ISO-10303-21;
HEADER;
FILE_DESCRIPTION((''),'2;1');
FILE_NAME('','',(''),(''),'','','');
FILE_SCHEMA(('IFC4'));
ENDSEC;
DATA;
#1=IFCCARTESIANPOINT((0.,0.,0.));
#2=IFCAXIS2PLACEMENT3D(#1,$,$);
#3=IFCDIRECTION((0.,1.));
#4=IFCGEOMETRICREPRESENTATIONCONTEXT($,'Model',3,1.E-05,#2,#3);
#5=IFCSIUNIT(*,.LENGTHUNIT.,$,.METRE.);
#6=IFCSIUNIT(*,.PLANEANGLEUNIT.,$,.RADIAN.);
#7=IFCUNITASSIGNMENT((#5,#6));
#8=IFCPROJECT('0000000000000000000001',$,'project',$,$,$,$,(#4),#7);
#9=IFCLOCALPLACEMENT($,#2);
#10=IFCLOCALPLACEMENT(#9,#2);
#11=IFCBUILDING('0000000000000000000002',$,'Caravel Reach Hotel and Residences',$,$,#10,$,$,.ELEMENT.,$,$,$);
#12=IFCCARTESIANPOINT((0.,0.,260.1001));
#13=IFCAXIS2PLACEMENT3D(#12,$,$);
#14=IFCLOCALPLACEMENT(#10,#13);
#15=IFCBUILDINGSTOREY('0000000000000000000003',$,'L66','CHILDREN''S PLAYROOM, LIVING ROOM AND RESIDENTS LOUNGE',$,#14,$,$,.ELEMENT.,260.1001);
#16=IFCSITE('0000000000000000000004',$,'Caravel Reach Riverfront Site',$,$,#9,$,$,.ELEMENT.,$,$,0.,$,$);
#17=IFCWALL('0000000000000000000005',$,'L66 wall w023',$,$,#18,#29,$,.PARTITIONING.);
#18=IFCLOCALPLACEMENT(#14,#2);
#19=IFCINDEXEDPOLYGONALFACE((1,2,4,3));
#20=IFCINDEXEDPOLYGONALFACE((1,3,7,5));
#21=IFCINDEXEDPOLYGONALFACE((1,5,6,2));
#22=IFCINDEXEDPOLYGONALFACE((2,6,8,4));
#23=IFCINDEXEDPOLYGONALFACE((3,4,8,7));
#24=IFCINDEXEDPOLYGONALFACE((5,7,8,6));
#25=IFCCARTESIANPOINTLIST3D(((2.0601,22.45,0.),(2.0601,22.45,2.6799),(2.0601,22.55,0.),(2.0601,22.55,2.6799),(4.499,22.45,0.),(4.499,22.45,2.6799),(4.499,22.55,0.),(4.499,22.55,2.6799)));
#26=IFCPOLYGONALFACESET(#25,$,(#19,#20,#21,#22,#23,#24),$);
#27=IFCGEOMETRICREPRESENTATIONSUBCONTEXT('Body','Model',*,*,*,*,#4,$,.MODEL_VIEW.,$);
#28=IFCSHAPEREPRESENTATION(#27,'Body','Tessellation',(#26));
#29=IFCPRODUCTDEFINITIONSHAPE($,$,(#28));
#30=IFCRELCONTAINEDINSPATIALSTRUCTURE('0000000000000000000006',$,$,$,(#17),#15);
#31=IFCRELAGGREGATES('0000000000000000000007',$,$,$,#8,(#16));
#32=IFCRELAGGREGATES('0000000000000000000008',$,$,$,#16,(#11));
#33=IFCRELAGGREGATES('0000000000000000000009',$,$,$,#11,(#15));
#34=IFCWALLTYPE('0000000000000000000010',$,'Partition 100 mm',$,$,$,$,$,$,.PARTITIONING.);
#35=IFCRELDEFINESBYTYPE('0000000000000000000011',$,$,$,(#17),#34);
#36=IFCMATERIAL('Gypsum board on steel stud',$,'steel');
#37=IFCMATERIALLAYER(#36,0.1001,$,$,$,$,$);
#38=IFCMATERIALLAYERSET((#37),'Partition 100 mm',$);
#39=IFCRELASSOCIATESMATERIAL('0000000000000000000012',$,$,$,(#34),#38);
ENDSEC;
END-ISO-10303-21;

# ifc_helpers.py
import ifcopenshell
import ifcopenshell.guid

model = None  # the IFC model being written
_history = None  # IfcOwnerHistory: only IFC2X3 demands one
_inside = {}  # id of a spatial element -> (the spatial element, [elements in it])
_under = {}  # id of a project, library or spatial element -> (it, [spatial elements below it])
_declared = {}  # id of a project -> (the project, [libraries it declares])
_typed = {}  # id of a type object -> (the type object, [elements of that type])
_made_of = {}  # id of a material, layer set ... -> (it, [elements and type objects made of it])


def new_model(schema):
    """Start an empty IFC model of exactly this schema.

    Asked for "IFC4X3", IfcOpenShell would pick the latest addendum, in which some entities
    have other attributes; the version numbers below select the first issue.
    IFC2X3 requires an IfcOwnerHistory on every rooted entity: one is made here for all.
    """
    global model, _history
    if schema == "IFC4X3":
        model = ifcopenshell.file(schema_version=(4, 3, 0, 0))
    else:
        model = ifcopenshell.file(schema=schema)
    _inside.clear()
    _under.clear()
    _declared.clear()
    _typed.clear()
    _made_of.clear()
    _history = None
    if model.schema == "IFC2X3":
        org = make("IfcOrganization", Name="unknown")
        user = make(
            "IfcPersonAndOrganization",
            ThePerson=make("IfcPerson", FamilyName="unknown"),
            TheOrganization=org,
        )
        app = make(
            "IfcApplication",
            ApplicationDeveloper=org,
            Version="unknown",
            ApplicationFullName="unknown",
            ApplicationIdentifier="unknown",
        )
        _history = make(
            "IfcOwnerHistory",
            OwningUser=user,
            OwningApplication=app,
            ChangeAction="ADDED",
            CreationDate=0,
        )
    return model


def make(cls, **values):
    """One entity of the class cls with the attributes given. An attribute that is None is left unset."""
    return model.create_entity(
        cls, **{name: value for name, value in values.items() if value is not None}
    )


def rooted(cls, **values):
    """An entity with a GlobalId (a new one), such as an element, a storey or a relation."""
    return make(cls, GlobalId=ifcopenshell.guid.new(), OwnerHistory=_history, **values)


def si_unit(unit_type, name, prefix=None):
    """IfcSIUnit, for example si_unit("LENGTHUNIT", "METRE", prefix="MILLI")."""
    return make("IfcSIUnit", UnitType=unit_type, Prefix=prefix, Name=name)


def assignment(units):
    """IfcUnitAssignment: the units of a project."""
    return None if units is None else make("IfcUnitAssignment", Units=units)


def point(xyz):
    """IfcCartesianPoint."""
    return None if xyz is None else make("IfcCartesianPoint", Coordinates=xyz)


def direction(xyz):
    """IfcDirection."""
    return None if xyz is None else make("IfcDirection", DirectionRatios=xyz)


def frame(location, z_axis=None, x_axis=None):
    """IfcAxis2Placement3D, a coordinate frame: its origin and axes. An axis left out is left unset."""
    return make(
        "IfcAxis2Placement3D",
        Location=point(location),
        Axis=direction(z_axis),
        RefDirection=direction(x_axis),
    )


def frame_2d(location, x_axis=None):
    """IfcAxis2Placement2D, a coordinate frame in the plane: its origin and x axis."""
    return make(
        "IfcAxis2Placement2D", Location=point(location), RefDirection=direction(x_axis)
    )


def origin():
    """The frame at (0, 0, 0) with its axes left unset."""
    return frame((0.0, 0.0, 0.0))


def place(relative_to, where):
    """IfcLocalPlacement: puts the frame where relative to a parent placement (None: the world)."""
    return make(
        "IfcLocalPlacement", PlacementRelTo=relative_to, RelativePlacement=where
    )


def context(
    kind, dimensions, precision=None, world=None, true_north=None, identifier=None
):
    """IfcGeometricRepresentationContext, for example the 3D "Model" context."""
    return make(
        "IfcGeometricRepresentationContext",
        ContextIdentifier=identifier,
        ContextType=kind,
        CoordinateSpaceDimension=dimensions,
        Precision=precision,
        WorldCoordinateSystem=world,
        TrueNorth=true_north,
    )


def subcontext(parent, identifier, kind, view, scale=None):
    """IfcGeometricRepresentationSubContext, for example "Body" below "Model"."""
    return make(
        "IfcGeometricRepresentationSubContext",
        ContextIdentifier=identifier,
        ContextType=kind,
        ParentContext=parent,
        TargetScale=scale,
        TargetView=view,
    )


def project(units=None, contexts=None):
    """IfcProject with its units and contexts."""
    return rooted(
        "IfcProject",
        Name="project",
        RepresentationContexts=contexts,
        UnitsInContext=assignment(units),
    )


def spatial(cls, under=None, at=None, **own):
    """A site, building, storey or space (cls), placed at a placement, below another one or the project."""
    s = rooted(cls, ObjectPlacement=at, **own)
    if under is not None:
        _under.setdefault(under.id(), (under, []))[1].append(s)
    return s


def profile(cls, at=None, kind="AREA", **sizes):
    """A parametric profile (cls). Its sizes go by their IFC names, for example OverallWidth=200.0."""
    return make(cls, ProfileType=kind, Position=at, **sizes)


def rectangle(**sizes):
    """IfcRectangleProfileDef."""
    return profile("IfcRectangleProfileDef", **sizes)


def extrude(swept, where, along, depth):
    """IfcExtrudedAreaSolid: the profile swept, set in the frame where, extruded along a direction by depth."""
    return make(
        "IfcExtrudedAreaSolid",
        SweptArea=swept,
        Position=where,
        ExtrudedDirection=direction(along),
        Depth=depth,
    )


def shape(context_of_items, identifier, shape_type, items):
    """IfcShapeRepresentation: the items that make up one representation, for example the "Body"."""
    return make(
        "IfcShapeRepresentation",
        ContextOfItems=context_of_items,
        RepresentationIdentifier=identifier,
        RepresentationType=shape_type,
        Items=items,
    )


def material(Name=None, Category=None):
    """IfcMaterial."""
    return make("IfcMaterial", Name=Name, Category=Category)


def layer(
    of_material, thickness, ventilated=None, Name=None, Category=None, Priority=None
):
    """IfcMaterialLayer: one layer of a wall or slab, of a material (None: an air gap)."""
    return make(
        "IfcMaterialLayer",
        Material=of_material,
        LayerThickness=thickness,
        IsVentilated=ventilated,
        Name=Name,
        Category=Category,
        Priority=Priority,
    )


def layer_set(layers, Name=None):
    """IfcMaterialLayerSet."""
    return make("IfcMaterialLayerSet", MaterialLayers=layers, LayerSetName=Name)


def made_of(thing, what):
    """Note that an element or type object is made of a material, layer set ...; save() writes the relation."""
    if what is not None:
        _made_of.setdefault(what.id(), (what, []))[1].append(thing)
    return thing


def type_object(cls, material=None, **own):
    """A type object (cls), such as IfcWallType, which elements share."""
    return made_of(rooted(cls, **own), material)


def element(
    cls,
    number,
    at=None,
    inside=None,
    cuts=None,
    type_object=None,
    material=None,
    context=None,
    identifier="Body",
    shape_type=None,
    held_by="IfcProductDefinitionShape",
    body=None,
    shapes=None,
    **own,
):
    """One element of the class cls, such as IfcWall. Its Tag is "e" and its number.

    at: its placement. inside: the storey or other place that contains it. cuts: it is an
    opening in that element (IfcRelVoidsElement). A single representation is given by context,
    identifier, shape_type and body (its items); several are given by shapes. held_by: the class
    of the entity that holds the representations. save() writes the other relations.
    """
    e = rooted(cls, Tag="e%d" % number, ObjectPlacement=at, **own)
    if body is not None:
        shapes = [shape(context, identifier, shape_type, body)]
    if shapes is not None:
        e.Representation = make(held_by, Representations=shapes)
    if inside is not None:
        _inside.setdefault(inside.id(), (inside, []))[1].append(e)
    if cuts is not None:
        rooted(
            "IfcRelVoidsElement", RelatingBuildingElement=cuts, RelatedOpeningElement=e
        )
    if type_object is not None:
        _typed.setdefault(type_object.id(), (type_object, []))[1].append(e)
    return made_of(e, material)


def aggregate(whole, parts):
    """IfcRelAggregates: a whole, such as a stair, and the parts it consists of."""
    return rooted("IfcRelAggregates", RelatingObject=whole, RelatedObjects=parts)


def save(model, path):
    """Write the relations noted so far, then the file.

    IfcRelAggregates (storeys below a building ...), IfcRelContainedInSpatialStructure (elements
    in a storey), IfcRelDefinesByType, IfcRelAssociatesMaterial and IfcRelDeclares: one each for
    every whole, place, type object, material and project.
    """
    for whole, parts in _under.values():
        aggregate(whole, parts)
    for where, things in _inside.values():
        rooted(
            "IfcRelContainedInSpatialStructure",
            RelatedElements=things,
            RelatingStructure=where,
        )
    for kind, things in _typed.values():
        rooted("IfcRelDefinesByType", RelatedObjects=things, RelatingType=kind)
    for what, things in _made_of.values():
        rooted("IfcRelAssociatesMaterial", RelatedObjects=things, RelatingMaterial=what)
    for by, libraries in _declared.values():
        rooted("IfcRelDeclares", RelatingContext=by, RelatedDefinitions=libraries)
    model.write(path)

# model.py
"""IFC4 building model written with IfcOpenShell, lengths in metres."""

from ifc_helpers import new_model, si_unit, direction, frame, frame_2d, origin, place, context, subcontext, project, spatial, rectangle, extrude, material, layer, layer_set, type_object, element, save


model = new_model("IFC4")

# Units and contexts
model_context = context("Model", 3, precision=1e-05, world=origin(), true_north=direction((0.0, 1.0)))
body_context = subcontext(model_context, "Body", "Model", "MODEL_VIEW")
ifc_project = project(units=[si_unit("LENGTHUNIT", "METRE"), si_unit("PLANEANGLEUNIT", "RADIAN")], contexts=[model_context])

# Site, building, storey
site_placement = place(None, origin())
site = spatial("IfcSite", under=ifc_project, at=site_placement, Name="Caravel Reach Riverfront Site", CompositionType="ELEMENT", RefElevation=0.0)
building_placement = place(site_placement, origin())
building = spatial("IfcBuilding", under=site, at=building_placement, Name="Caravel Reach Hotel and Residences", CompositionType="ELEMENT")
storey_placement = place(building_placement, frame((0.0, 0.0, 260.1001)))
storey = spatial("IfcBuildingStorey", under=building, at=storey_placement, Name="L66", Description="CHILDREN'S PLAYROOM, LIVING ROOM AND RESIDENTS LOUNGE", CompositionType="ELEMENT", Elevation=260.1001)

# Wall
ifc_material_1 = material(Name="Gypsum board on steel stud", Category="steel")
ifc_layer_1 = layer(ifc_material_1, 0.1001)
ifc_layer_set_1 = layer_set([ifc_layer_1], Name="Partition 100 mm")
wall_type_1 = type_object("IfcWallType", Name="Partition 100 mm", PredefinedType="PARTITIONING", material=ifc_layer_set_1)
wall_1_placement = place(storey_placement, frame((2.0601, 22.5, 0.0), z_axis=(0.0, 0.0, 1.0), x_axis=(1.0, 0.0, 0.0)))
element("IfcWall", 1, at=wall_1_placement, inside=storey, type_object=wall_type_1, Name="L66 wall w023", PredefinedType="PARTITIONING", context=body_context, shape_type="SweptSolid", body=[
    extrude(rectangle(XDim=2.439, YDim=0.1001, at=frame_2d((1.2195, 0.0))), origin(), (0.0, 0.0, 1.0), 2.6799),
])

save(model, "model.ifc")
